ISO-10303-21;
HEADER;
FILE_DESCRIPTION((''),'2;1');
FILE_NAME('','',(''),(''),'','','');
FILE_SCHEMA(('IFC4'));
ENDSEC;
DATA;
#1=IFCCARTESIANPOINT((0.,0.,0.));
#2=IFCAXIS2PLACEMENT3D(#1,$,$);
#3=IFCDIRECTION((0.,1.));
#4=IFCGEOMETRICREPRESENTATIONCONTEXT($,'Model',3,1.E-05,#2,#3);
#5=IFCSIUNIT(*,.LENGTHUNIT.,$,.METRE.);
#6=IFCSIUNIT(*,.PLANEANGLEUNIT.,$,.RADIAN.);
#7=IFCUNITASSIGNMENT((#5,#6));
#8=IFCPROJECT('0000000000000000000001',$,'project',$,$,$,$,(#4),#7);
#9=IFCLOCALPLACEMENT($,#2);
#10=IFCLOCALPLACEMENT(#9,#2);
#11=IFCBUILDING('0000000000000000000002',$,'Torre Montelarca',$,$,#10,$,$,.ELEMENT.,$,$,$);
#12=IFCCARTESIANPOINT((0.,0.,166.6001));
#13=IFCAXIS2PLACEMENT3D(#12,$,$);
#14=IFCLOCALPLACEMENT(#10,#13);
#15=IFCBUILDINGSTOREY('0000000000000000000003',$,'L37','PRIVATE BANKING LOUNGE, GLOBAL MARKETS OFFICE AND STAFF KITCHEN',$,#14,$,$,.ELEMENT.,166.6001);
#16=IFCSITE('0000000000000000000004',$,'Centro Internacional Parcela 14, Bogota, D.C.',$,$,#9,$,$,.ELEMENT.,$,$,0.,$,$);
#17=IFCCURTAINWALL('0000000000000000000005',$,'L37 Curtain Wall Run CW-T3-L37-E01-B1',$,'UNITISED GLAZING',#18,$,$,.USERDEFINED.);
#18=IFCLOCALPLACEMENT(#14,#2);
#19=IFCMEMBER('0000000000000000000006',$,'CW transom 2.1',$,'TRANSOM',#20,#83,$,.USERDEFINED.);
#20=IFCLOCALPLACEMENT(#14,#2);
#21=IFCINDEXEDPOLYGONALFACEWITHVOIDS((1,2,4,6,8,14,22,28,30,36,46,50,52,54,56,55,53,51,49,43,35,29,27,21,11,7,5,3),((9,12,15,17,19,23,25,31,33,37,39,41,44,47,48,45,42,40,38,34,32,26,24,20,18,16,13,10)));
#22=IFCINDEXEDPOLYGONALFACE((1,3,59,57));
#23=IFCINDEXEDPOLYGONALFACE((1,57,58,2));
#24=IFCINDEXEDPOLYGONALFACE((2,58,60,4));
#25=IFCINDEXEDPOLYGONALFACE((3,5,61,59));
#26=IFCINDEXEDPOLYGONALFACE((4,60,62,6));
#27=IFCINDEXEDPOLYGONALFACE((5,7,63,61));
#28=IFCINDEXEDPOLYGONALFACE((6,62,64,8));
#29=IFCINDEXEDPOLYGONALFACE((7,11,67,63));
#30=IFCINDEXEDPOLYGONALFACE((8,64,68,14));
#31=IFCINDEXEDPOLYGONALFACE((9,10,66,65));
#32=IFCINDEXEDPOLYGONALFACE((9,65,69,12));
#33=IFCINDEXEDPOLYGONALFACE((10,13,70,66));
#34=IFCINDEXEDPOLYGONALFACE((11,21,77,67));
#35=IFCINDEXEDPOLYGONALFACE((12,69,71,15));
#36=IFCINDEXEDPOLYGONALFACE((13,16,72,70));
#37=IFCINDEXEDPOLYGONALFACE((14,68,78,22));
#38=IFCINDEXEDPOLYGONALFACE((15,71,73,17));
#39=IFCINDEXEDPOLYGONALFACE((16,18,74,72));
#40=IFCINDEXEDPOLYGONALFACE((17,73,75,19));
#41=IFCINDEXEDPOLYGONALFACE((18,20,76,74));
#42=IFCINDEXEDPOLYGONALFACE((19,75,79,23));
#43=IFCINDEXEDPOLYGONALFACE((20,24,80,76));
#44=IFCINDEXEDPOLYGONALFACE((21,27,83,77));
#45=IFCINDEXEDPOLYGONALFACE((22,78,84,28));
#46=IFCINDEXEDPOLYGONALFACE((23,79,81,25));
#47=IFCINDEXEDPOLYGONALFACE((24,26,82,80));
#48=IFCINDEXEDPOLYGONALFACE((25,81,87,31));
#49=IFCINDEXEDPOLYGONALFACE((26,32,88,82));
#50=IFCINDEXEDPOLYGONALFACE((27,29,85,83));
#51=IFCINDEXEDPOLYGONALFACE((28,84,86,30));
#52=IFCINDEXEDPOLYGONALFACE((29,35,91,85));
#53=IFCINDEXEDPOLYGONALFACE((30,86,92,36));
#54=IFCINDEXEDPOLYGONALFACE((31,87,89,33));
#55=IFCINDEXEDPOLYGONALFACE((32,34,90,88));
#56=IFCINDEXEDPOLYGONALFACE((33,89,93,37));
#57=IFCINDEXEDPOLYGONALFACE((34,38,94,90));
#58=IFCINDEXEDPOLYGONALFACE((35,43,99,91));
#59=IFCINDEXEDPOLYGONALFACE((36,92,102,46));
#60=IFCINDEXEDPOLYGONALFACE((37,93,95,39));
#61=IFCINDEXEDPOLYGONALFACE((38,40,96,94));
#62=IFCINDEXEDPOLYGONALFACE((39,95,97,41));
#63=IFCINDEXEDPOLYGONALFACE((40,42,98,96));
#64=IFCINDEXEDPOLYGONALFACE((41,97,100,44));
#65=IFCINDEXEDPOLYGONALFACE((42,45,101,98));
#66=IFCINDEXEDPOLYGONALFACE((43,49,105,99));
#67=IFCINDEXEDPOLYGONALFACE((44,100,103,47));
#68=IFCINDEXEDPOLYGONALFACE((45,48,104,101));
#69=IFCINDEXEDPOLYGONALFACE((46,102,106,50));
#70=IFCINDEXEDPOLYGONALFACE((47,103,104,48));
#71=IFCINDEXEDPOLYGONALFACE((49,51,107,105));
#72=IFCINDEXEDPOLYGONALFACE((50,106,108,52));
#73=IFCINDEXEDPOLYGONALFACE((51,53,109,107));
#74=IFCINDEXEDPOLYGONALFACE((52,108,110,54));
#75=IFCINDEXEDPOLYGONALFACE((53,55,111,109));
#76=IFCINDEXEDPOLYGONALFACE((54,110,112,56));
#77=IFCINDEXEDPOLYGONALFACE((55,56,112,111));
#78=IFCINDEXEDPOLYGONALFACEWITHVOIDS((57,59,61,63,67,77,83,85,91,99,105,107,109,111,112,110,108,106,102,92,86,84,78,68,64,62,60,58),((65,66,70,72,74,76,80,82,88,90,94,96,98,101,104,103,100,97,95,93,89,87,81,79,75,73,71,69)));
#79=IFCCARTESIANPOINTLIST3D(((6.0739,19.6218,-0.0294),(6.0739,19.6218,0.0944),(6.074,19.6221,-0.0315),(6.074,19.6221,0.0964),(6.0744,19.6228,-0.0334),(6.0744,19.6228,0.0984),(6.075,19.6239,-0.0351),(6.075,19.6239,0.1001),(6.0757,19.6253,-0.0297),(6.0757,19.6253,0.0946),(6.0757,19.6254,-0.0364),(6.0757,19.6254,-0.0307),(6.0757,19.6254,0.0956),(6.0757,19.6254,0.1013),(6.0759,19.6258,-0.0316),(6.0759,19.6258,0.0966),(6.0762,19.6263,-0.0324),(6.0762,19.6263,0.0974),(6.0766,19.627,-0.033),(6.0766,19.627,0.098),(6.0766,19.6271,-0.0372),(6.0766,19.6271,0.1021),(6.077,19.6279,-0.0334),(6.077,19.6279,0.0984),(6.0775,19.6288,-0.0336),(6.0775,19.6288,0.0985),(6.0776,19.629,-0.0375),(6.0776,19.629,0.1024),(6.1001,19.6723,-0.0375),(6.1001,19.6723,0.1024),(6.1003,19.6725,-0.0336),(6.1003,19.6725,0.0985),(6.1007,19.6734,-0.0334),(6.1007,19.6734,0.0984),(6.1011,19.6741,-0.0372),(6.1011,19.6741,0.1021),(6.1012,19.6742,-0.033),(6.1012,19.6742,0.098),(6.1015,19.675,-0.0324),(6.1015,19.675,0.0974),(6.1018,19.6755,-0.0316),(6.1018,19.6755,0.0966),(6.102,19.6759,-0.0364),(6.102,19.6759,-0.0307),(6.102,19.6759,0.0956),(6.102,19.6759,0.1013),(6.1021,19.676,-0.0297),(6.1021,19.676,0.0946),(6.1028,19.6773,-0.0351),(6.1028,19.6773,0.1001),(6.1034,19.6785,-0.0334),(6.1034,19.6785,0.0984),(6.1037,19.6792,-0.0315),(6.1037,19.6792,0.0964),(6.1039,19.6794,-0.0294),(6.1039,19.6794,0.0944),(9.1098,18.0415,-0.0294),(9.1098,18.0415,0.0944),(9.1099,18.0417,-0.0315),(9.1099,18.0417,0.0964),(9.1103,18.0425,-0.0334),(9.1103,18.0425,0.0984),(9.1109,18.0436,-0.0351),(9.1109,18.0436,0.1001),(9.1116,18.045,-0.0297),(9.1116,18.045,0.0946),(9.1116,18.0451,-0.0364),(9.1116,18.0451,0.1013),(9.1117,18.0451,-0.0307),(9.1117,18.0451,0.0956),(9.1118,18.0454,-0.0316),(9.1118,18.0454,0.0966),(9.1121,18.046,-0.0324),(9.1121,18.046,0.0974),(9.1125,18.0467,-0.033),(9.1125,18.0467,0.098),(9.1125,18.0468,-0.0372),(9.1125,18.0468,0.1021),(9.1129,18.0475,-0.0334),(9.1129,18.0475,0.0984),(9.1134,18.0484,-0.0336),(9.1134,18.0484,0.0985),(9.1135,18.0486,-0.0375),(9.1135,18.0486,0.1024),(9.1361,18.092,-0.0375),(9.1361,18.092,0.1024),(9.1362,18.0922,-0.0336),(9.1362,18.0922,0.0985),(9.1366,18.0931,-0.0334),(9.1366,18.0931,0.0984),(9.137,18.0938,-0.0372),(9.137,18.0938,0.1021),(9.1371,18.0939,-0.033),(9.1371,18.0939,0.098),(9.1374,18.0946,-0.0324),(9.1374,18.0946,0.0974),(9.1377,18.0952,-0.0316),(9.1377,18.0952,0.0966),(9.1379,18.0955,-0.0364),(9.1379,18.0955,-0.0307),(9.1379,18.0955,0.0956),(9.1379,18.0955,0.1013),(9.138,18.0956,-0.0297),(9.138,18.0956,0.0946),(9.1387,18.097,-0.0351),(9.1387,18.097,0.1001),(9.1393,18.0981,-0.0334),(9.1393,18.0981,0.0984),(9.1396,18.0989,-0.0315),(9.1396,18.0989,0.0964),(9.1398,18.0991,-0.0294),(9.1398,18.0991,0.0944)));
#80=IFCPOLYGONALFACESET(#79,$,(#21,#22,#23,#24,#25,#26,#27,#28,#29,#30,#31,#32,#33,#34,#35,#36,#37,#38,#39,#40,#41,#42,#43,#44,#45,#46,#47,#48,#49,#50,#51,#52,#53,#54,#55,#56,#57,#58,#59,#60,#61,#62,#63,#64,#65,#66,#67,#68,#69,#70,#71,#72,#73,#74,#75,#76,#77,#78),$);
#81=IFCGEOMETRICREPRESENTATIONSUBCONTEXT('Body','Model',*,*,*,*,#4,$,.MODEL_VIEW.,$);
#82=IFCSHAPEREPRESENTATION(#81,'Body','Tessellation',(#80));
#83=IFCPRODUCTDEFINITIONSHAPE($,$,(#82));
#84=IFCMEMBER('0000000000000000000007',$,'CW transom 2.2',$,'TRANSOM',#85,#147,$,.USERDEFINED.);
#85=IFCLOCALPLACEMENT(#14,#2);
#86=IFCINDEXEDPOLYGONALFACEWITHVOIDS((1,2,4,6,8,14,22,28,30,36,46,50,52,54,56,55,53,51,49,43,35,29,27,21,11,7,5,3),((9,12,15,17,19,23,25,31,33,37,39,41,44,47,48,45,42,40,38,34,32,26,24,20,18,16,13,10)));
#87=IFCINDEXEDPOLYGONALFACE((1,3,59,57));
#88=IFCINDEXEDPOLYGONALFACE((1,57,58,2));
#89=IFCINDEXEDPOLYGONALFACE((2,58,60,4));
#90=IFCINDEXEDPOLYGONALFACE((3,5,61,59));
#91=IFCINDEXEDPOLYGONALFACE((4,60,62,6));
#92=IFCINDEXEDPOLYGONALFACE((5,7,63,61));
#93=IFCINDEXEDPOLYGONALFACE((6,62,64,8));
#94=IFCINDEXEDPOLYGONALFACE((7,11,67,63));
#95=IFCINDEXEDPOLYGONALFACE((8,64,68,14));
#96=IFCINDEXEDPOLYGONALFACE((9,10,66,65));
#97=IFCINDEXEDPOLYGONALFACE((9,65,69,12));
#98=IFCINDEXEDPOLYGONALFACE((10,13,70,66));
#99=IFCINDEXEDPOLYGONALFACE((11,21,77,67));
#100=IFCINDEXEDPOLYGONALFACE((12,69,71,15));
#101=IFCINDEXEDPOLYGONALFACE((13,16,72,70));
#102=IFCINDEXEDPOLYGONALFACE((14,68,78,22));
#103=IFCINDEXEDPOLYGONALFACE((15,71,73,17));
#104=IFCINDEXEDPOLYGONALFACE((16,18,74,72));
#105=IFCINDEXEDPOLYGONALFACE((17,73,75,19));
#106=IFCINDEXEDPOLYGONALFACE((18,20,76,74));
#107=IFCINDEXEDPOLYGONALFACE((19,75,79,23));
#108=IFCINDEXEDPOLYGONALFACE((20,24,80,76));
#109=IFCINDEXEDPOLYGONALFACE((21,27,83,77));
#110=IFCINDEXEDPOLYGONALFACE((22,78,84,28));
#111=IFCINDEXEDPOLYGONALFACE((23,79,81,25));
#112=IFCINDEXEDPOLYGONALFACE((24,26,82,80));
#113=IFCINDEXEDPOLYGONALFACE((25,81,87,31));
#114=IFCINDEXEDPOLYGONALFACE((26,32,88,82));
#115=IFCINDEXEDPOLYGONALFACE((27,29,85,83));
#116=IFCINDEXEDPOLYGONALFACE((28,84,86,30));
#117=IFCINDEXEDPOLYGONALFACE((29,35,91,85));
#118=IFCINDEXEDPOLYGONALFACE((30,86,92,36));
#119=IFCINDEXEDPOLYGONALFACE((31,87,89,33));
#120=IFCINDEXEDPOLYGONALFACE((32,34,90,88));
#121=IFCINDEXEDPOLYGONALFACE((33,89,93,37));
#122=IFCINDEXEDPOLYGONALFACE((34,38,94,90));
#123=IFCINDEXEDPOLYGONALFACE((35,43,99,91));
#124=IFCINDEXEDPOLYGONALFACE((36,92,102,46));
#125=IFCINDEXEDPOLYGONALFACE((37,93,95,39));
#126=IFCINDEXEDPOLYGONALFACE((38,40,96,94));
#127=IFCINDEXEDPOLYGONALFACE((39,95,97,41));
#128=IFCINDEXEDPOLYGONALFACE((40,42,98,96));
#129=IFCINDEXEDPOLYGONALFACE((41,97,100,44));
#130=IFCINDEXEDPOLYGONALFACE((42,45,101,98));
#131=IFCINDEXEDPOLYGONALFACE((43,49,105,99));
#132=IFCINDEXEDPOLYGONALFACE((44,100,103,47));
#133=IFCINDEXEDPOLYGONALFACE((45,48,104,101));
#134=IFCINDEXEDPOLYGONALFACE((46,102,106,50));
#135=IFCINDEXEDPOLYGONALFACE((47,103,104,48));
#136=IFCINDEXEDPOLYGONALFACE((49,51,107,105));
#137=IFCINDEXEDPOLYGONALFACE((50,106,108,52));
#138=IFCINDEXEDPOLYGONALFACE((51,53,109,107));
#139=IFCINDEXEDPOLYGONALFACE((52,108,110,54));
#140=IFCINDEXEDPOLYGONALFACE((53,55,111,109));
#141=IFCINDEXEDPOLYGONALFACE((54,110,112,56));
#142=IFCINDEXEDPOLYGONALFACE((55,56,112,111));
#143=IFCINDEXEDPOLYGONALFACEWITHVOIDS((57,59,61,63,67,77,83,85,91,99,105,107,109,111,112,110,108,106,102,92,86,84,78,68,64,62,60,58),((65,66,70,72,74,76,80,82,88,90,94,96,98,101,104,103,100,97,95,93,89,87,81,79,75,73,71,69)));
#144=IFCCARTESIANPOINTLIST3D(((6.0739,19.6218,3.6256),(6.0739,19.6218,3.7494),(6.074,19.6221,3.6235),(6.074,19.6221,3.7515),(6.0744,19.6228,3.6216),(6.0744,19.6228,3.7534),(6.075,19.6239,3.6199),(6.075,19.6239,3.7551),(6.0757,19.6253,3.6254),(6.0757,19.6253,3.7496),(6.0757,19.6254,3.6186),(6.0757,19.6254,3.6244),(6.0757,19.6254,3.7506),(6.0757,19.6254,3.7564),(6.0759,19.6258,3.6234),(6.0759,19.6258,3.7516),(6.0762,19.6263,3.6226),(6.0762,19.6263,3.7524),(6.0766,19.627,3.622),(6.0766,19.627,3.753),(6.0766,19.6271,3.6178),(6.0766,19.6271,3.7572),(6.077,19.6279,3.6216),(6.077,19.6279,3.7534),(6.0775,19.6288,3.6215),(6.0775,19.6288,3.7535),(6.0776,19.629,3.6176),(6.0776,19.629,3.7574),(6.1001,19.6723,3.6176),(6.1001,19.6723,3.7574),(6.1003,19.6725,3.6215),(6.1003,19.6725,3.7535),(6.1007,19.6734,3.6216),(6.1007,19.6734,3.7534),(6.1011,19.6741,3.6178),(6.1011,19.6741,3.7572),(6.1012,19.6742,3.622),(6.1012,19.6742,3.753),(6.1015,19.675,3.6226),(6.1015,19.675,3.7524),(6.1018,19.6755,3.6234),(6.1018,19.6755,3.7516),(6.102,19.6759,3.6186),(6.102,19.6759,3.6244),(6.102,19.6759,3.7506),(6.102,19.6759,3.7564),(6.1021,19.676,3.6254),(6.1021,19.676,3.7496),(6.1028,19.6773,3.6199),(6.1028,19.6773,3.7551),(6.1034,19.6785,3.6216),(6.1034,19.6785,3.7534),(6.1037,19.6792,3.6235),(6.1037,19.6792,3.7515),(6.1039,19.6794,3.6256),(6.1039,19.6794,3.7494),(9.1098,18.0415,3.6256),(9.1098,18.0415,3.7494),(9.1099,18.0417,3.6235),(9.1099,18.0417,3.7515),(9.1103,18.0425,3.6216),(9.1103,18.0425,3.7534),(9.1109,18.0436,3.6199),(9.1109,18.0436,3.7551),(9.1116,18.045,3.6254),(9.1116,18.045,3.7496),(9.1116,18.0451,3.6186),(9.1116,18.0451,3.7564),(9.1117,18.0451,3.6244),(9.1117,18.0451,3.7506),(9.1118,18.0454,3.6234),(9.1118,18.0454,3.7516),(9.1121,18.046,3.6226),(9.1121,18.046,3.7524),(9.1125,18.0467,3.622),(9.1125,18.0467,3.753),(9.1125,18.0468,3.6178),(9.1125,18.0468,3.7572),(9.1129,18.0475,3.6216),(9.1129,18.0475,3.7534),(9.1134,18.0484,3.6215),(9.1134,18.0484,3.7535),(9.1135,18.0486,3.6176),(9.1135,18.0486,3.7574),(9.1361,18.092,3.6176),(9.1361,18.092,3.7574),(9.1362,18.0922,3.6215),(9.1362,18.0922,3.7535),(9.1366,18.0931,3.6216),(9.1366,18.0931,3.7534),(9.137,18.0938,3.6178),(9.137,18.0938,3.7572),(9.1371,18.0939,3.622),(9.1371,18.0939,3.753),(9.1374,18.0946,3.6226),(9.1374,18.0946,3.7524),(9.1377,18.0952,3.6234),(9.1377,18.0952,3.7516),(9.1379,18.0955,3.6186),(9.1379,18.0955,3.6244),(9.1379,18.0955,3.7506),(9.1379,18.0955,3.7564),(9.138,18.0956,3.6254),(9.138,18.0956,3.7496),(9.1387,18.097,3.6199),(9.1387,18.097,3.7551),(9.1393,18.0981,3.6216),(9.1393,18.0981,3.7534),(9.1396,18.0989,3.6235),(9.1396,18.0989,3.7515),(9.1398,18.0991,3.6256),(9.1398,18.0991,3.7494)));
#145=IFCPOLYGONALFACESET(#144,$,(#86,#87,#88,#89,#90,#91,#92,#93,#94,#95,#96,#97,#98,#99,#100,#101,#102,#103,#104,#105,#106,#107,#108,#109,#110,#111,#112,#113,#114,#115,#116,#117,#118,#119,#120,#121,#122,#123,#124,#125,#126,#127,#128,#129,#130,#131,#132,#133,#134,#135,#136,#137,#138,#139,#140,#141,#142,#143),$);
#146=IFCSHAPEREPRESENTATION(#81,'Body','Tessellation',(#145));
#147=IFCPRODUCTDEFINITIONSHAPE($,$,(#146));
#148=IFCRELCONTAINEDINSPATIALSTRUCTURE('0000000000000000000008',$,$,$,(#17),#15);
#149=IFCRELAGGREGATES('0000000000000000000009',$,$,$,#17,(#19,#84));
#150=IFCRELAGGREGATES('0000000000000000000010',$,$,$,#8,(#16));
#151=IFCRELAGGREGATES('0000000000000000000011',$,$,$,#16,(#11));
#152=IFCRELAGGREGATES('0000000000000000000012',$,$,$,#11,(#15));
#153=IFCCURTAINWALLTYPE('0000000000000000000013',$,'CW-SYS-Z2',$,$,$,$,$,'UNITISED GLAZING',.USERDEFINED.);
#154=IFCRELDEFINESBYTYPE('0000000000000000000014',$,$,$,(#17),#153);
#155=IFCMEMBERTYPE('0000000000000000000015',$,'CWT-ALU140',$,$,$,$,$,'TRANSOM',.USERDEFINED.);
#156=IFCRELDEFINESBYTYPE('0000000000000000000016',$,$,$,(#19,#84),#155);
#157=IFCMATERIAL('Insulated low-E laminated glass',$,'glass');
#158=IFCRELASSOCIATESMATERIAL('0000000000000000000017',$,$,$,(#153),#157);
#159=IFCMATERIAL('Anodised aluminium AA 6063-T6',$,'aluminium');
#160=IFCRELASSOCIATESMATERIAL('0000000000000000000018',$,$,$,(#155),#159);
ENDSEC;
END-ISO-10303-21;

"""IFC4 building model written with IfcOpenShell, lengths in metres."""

from ifc_helpers import new_model, si_unit, direction, frame, origin, origin_2d, place, context, subcontext, project, spatial, hollow_rectangle, extrude, source, transform, mapped, material, material_profile, profile_set, type_object, element, aggregate, save


model = new_model("IFC4")

# Units and contexts
model_context = context("Model", 3, precision=1e-05, world=origin(), true_north=direction((0.0, 1.0)))
body_context = subcontext(model_context, "Body", "Model", "MODEL_VIEW")
ifc_project = project(units=[si_unit("LENGTHUNIT", "METRE"), si_unit("PLANEANGLEUNIT", "RADIAN")], contexts=[model_context])

# Site, building, storey
site_placement = place(None, origin())
site = spatial("IfcSite", under=ifc_project, at=site_placement, Name="Centro Internacional Parcela 14, Bogota, D.C.", CompositionType="ELEMENT", RefElevation=0.0)
building_placement = place(site_placement, origin())
building = spatial("IfcBuilding", under=site, at=building_placement, Name="Torre Montelarca", CompositionType="ELEMENT")
storey_placement = place(building_placement, frame((0.0, 0.0, 166.6001)))
storey = spatial("IfcBuildingStorey", under=building, at=storey_placement, Name="L37", Description="PRIVATE BANKING LOUNGE, GLOBAL MARKETS OFFICE AND STAFF KITCHEN", CompositionType="ELEMENT", Elevation=166.6001)

# Curtain wall
ifc_material_1 = material(Name="Insulated low-E laminated glass", Category="glass")
curtain_wall_type = type_object("IfcCurtainWallType", Name="CW-SYS-Z2", ElementType="UNITISED GLAZING", PredefinedType="USERDEFINED", material=ifc_material_1)
curtain_wall_1_placement = place(storey_placement, origin())
curtain_wall_1 = element("IfcCurtainWall", 1, at=curtain_wall_1_placement, inside=storey, type_object=curtain_wall_type, Name="L37 Curtain Wall Run CW-T3-L37-E01-B1", ObjectType="UNITISED GLAZING", PredefinedType="USERDEFINED")
ifc_material_2 = material(Name="Anodised aluminium AA 6063-T6", Category="aluminium")

# Members
ifc_material_profile_1 = material_profile(ifc_material_2, hollow_rectangle(XDim=0.0649, YDim=0.1399, WallThickness=0.0039, InnerFilletRadius=0.0039, OuterFilletRadius=0.0081, at=origin_2d()), Name="ALU65X140X4", Category="aluminium")
ifc_profile_set_1 = profile_set([ifc_material_profile_1], Name="Anodised aluminium AA 6063-T6")
member_type_1 = type_object("IfcMemberType", Name="CWT-ALU140", ElementType="TRANSOM", PredefinedType="USERDEFINED", material=ifc_profile_set_1)
shared_shape_1 = source(origin(), body_context, "Body", "SweptSolid", [
    extrude(hollow_rectangle(XDim=0.0649, YDim=0.1399, WallThickness=0.0039, InnerFilletRadius=0.0039, OuterFilletRadius=0.0081, at=origin_2d()), origin(), (0.0, 0.0, 1.0), 3.4226),
])
member_1_placement = place(storey_placement, frame((6.0889, 19.6506, 0.0325), z_axis=(0.887018, -0.461735, 0.0), x_axis=(0.461735, 0.887018, 0.0)))
member_1 = element("IfcMember", 2, at=member_1_placement, type_object=member_type_1, Name="CW transom 2.1", ObjectType="TRANSOM", PredefinedType="USERDEFINED", context=body_context, shape_type="MappedRepresentation", body=[
    mapped(shared_shape_1, transform((0.0, 0.0, 0.0), scale=1.0)),
])
member_2_placement = place(storey_placement, frame((6.0889, 19.6506, 3.6875), z_axis=(0.887018, -0.461735, 0.0), x_axis=(0.461735, 0.887018, 0.0)))
member_2 = element("IfcMember", 3, at=member_2_placement, type_object=member_type_1, Name="CW transom 2.2", ObjectType="TRANSOM", PredefinedType="USERDEFINED", context=body_context, shape_type="MappedRepresentation", body=[
    mapped(shared_shape_1, transform((0.0, 0.0, 0.0), scale=1.0)),
])

aggregate(curtain_wall_1, [member_1, member_2])

save(model, "model.ifc")
